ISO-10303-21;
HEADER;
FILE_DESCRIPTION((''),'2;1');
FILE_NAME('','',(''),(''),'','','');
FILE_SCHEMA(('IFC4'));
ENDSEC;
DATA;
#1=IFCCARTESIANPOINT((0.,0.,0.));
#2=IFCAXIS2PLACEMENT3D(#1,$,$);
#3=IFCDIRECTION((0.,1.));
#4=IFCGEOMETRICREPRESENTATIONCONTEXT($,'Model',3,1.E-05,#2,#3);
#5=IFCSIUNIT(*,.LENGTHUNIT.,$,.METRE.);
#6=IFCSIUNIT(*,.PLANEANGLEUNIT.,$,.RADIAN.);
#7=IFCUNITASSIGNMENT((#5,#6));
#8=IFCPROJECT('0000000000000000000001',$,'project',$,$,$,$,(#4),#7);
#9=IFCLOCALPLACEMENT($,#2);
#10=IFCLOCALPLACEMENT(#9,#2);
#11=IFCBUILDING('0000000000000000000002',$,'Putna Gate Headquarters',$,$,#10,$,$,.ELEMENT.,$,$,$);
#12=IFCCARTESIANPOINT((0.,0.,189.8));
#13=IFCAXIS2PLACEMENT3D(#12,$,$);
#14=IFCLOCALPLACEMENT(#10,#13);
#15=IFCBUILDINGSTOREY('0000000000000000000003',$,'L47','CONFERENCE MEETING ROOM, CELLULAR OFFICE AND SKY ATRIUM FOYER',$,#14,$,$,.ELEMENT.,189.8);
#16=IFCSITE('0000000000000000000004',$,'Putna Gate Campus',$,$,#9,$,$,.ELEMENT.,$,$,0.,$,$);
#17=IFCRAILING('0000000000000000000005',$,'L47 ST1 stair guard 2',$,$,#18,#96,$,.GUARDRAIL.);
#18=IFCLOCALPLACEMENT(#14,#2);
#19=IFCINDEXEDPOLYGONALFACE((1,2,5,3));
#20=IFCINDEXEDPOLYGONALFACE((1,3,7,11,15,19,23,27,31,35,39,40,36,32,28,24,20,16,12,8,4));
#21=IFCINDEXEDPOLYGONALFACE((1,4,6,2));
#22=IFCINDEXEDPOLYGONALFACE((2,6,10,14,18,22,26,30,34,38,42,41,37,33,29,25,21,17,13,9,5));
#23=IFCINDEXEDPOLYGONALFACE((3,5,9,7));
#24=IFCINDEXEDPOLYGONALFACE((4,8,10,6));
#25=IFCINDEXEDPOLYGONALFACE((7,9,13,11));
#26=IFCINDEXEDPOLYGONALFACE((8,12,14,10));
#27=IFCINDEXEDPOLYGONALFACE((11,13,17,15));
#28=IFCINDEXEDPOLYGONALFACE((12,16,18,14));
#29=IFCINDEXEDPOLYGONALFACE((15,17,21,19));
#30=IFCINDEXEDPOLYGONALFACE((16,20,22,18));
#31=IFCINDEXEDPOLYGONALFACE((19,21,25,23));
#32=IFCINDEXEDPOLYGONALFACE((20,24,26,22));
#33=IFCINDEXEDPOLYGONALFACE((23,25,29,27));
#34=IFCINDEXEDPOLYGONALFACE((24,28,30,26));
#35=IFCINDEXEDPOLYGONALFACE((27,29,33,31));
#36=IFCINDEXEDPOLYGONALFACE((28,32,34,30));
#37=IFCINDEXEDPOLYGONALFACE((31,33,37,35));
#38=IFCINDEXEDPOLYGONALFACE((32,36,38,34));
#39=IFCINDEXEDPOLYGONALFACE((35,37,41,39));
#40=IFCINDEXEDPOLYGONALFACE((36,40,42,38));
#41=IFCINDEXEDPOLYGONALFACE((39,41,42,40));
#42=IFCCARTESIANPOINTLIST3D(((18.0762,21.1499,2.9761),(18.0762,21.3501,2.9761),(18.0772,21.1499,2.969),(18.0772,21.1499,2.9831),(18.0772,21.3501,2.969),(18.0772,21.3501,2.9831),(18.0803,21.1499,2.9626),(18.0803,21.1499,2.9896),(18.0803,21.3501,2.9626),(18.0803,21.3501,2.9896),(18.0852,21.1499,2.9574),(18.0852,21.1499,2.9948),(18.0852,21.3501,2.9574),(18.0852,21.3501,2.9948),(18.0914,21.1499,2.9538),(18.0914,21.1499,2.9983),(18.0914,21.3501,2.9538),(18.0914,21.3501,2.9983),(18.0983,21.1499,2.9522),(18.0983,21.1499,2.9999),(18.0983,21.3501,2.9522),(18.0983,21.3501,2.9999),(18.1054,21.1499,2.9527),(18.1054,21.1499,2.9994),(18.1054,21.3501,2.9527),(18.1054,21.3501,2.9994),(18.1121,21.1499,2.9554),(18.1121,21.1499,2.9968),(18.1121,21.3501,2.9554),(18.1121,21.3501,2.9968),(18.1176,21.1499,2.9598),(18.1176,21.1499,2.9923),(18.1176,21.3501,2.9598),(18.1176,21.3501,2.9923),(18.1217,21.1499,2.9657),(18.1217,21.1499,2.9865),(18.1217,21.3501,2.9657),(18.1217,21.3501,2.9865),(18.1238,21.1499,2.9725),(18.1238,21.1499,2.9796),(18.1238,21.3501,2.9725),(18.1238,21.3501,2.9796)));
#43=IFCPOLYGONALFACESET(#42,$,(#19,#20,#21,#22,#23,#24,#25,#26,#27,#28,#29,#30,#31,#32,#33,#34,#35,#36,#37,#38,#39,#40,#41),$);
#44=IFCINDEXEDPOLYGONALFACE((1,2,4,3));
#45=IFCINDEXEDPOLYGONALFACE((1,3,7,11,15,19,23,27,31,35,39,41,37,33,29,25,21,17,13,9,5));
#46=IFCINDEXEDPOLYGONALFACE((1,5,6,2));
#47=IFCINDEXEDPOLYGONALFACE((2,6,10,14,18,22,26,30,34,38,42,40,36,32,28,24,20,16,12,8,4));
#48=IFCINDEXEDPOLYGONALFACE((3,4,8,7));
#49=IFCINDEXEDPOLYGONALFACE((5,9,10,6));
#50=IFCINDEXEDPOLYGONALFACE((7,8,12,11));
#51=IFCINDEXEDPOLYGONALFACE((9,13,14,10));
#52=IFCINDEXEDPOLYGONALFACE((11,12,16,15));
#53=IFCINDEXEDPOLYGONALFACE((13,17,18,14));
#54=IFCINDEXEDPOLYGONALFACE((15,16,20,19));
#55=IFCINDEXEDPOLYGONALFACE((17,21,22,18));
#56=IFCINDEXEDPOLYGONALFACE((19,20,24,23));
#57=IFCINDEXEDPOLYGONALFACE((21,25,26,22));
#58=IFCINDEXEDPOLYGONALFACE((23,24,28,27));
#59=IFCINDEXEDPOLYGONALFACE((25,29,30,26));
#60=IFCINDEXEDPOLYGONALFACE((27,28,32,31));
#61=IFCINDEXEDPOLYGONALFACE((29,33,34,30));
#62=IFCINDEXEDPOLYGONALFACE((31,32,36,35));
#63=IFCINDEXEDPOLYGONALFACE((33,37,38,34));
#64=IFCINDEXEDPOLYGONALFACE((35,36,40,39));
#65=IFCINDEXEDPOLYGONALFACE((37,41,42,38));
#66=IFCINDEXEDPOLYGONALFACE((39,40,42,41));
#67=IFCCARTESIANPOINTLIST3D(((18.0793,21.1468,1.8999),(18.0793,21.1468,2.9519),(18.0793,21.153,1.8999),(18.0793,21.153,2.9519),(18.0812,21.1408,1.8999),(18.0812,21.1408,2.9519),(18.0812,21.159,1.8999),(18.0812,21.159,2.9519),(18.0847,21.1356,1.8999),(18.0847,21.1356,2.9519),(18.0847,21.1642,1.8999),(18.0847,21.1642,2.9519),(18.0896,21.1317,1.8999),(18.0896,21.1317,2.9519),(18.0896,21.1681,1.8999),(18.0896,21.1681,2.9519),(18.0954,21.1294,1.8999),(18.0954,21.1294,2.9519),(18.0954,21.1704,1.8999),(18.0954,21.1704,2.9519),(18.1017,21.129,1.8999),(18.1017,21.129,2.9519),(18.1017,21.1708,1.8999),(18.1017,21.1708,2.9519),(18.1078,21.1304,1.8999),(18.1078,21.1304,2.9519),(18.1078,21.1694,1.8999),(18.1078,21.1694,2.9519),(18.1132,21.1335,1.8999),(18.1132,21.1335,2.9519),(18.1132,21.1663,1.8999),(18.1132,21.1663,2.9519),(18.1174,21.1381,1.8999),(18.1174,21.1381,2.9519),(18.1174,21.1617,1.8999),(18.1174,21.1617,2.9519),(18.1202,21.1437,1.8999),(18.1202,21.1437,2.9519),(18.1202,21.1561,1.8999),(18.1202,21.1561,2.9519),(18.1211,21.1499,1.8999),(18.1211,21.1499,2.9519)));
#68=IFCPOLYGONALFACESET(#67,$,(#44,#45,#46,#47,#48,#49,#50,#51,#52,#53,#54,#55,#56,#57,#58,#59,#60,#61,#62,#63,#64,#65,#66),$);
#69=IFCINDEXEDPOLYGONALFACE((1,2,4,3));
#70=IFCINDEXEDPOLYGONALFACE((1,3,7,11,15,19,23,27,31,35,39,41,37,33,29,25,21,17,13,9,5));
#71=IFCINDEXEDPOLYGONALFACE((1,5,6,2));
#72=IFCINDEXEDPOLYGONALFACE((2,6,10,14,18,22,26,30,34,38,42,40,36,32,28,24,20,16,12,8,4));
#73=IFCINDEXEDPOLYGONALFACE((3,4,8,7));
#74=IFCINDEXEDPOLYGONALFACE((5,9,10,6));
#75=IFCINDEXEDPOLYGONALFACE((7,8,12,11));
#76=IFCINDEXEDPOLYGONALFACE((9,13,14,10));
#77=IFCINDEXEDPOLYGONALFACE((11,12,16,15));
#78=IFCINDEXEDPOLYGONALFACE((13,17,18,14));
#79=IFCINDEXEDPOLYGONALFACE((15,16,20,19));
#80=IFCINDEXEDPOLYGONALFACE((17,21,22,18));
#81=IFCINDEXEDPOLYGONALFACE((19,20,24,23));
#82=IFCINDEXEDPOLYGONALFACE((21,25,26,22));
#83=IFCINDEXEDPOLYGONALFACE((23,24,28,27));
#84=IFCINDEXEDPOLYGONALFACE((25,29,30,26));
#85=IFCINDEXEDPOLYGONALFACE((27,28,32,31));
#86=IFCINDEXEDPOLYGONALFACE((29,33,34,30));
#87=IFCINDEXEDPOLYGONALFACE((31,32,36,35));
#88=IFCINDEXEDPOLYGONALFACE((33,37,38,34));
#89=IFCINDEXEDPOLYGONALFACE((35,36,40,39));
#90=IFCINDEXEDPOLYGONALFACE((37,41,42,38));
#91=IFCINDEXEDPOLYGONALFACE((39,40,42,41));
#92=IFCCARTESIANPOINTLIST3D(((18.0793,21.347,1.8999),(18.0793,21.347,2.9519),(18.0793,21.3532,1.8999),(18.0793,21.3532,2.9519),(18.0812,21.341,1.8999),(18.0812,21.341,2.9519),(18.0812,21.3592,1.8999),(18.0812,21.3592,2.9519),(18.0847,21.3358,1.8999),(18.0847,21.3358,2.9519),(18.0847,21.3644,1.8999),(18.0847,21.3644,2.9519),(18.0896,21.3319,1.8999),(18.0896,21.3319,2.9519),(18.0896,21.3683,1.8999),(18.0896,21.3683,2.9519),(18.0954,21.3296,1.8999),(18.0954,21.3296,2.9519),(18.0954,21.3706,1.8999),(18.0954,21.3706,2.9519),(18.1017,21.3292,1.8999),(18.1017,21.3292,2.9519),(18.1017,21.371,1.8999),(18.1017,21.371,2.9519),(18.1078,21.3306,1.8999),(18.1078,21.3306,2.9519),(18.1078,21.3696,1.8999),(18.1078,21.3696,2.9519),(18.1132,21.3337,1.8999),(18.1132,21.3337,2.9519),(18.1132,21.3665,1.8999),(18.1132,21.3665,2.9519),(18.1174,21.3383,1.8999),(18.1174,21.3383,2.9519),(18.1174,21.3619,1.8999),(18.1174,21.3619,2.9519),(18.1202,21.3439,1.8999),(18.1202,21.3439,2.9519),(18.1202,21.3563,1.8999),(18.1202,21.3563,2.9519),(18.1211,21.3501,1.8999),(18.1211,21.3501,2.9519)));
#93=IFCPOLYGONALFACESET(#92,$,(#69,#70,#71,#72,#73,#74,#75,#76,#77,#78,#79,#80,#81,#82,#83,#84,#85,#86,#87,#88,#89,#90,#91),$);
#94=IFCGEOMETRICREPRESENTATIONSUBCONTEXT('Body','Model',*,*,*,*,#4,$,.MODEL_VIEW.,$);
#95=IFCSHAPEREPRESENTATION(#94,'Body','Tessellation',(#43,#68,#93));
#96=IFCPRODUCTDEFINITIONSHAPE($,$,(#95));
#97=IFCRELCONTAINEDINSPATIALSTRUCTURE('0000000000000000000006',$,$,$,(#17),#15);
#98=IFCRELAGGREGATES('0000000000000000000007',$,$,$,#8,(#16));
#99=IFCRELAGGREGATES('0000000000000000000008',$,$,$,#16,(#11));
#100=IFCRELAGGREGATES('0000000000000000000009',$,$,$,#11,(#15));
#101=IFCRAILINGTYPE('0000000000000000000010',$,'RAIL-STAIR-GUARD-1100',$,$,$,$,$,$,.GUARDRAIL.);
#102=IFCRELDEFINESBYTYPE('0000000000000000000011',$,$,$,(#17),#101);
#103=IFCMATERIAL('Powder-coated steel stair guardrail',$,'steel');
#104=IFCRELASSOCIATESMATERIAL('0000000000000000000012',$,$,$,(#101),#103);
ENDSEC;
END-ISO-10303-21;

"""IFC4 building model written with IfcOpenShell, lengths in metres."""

from ifc_helpers import new_model, si_unit, direction, frame, origin, origin_2d, place, context, subcontext, project, spatial, circle, extrude, material, type_object, element, save


model = new_model("IFC4")

# Units and contexts
model_context = context("Model", 3, precision=1e-05, world=origin(), true_north=direction((0.0, 1.0)))
body_context = subcontext(model_context, "Body", "Model", "MODEL_VIEW")
ifc_project = project(units=[si_unit("LENGTHUNIT", "METRE"), si_unit("PLANEANGLEUNIT", "RADIAN")], contexts=[model_context])

# Site, building, storey
site_placement = place(None, origin())
site = spatial("IfcSite", under=ifc_project, at=site_placement, Name="Putna Gate Campus", CompositionType="ELEMENT", RefElevation=0.0)
building_placement = place(site_placement, origin())
building = spatial("IfcBuilding", under=site, at=building_placement, Name="Putna Gate Headquarters", CompositionType="ELEMENT")
storey_placement = place(building_placement, frame((0.0, 0.0, 189.8)))
storey = spatial("IfcBuildingStorey", under=building, at=storey_placement, Name="L47", Description="CONFERENCE MEETING ROOM, CELLULAR OFFICE AND SKY ATRIUM FOYER", CompositionType="ELEMENT", Elevation=189.8)

# Railing
ifc_material_1 = material(Name="Powder-coated steel stair guardrail", Category="steel")
railing_type = type_object("IfcRailingType", Name="RAIL-STAIR-GUARD-1100", PredefinedType="GUARDRAIL", material=ifc_material_1)
railing_1_placement = place(storey_placement, frame((18.1001, 21.1499, 1.8999)))
element("IfcRailing", 1, at=railing_1_placement, inside=storey, type_object=railing_type, Name="L47 ST1 stair guard 2", PredefinedType="GUARDRAIL", context=body_context, shape_type="SweptSolid", body=[
    extrude(circle(Radius=0.0239, at=origin_2d()), frame((0.0, 0.0, 1.0762), z_axis=(0.0, 1.0, 0.0), x_axis=(-1.0, 0.0, 0.0)), (0.0, 0.0, 1.0), 0.2002),
    extrude(circle(Radius=0.021, at=origin_2d()), origin(), (0.0, 0.0, 1.0), 1.052),
    extrude(circle(Radius=0.021, at=origin_2d()), frame((0.0, 0.2002, 0.0)), (0.0, 0.0, 1.0), 1.052),
])

save(model, "model.ifc")
